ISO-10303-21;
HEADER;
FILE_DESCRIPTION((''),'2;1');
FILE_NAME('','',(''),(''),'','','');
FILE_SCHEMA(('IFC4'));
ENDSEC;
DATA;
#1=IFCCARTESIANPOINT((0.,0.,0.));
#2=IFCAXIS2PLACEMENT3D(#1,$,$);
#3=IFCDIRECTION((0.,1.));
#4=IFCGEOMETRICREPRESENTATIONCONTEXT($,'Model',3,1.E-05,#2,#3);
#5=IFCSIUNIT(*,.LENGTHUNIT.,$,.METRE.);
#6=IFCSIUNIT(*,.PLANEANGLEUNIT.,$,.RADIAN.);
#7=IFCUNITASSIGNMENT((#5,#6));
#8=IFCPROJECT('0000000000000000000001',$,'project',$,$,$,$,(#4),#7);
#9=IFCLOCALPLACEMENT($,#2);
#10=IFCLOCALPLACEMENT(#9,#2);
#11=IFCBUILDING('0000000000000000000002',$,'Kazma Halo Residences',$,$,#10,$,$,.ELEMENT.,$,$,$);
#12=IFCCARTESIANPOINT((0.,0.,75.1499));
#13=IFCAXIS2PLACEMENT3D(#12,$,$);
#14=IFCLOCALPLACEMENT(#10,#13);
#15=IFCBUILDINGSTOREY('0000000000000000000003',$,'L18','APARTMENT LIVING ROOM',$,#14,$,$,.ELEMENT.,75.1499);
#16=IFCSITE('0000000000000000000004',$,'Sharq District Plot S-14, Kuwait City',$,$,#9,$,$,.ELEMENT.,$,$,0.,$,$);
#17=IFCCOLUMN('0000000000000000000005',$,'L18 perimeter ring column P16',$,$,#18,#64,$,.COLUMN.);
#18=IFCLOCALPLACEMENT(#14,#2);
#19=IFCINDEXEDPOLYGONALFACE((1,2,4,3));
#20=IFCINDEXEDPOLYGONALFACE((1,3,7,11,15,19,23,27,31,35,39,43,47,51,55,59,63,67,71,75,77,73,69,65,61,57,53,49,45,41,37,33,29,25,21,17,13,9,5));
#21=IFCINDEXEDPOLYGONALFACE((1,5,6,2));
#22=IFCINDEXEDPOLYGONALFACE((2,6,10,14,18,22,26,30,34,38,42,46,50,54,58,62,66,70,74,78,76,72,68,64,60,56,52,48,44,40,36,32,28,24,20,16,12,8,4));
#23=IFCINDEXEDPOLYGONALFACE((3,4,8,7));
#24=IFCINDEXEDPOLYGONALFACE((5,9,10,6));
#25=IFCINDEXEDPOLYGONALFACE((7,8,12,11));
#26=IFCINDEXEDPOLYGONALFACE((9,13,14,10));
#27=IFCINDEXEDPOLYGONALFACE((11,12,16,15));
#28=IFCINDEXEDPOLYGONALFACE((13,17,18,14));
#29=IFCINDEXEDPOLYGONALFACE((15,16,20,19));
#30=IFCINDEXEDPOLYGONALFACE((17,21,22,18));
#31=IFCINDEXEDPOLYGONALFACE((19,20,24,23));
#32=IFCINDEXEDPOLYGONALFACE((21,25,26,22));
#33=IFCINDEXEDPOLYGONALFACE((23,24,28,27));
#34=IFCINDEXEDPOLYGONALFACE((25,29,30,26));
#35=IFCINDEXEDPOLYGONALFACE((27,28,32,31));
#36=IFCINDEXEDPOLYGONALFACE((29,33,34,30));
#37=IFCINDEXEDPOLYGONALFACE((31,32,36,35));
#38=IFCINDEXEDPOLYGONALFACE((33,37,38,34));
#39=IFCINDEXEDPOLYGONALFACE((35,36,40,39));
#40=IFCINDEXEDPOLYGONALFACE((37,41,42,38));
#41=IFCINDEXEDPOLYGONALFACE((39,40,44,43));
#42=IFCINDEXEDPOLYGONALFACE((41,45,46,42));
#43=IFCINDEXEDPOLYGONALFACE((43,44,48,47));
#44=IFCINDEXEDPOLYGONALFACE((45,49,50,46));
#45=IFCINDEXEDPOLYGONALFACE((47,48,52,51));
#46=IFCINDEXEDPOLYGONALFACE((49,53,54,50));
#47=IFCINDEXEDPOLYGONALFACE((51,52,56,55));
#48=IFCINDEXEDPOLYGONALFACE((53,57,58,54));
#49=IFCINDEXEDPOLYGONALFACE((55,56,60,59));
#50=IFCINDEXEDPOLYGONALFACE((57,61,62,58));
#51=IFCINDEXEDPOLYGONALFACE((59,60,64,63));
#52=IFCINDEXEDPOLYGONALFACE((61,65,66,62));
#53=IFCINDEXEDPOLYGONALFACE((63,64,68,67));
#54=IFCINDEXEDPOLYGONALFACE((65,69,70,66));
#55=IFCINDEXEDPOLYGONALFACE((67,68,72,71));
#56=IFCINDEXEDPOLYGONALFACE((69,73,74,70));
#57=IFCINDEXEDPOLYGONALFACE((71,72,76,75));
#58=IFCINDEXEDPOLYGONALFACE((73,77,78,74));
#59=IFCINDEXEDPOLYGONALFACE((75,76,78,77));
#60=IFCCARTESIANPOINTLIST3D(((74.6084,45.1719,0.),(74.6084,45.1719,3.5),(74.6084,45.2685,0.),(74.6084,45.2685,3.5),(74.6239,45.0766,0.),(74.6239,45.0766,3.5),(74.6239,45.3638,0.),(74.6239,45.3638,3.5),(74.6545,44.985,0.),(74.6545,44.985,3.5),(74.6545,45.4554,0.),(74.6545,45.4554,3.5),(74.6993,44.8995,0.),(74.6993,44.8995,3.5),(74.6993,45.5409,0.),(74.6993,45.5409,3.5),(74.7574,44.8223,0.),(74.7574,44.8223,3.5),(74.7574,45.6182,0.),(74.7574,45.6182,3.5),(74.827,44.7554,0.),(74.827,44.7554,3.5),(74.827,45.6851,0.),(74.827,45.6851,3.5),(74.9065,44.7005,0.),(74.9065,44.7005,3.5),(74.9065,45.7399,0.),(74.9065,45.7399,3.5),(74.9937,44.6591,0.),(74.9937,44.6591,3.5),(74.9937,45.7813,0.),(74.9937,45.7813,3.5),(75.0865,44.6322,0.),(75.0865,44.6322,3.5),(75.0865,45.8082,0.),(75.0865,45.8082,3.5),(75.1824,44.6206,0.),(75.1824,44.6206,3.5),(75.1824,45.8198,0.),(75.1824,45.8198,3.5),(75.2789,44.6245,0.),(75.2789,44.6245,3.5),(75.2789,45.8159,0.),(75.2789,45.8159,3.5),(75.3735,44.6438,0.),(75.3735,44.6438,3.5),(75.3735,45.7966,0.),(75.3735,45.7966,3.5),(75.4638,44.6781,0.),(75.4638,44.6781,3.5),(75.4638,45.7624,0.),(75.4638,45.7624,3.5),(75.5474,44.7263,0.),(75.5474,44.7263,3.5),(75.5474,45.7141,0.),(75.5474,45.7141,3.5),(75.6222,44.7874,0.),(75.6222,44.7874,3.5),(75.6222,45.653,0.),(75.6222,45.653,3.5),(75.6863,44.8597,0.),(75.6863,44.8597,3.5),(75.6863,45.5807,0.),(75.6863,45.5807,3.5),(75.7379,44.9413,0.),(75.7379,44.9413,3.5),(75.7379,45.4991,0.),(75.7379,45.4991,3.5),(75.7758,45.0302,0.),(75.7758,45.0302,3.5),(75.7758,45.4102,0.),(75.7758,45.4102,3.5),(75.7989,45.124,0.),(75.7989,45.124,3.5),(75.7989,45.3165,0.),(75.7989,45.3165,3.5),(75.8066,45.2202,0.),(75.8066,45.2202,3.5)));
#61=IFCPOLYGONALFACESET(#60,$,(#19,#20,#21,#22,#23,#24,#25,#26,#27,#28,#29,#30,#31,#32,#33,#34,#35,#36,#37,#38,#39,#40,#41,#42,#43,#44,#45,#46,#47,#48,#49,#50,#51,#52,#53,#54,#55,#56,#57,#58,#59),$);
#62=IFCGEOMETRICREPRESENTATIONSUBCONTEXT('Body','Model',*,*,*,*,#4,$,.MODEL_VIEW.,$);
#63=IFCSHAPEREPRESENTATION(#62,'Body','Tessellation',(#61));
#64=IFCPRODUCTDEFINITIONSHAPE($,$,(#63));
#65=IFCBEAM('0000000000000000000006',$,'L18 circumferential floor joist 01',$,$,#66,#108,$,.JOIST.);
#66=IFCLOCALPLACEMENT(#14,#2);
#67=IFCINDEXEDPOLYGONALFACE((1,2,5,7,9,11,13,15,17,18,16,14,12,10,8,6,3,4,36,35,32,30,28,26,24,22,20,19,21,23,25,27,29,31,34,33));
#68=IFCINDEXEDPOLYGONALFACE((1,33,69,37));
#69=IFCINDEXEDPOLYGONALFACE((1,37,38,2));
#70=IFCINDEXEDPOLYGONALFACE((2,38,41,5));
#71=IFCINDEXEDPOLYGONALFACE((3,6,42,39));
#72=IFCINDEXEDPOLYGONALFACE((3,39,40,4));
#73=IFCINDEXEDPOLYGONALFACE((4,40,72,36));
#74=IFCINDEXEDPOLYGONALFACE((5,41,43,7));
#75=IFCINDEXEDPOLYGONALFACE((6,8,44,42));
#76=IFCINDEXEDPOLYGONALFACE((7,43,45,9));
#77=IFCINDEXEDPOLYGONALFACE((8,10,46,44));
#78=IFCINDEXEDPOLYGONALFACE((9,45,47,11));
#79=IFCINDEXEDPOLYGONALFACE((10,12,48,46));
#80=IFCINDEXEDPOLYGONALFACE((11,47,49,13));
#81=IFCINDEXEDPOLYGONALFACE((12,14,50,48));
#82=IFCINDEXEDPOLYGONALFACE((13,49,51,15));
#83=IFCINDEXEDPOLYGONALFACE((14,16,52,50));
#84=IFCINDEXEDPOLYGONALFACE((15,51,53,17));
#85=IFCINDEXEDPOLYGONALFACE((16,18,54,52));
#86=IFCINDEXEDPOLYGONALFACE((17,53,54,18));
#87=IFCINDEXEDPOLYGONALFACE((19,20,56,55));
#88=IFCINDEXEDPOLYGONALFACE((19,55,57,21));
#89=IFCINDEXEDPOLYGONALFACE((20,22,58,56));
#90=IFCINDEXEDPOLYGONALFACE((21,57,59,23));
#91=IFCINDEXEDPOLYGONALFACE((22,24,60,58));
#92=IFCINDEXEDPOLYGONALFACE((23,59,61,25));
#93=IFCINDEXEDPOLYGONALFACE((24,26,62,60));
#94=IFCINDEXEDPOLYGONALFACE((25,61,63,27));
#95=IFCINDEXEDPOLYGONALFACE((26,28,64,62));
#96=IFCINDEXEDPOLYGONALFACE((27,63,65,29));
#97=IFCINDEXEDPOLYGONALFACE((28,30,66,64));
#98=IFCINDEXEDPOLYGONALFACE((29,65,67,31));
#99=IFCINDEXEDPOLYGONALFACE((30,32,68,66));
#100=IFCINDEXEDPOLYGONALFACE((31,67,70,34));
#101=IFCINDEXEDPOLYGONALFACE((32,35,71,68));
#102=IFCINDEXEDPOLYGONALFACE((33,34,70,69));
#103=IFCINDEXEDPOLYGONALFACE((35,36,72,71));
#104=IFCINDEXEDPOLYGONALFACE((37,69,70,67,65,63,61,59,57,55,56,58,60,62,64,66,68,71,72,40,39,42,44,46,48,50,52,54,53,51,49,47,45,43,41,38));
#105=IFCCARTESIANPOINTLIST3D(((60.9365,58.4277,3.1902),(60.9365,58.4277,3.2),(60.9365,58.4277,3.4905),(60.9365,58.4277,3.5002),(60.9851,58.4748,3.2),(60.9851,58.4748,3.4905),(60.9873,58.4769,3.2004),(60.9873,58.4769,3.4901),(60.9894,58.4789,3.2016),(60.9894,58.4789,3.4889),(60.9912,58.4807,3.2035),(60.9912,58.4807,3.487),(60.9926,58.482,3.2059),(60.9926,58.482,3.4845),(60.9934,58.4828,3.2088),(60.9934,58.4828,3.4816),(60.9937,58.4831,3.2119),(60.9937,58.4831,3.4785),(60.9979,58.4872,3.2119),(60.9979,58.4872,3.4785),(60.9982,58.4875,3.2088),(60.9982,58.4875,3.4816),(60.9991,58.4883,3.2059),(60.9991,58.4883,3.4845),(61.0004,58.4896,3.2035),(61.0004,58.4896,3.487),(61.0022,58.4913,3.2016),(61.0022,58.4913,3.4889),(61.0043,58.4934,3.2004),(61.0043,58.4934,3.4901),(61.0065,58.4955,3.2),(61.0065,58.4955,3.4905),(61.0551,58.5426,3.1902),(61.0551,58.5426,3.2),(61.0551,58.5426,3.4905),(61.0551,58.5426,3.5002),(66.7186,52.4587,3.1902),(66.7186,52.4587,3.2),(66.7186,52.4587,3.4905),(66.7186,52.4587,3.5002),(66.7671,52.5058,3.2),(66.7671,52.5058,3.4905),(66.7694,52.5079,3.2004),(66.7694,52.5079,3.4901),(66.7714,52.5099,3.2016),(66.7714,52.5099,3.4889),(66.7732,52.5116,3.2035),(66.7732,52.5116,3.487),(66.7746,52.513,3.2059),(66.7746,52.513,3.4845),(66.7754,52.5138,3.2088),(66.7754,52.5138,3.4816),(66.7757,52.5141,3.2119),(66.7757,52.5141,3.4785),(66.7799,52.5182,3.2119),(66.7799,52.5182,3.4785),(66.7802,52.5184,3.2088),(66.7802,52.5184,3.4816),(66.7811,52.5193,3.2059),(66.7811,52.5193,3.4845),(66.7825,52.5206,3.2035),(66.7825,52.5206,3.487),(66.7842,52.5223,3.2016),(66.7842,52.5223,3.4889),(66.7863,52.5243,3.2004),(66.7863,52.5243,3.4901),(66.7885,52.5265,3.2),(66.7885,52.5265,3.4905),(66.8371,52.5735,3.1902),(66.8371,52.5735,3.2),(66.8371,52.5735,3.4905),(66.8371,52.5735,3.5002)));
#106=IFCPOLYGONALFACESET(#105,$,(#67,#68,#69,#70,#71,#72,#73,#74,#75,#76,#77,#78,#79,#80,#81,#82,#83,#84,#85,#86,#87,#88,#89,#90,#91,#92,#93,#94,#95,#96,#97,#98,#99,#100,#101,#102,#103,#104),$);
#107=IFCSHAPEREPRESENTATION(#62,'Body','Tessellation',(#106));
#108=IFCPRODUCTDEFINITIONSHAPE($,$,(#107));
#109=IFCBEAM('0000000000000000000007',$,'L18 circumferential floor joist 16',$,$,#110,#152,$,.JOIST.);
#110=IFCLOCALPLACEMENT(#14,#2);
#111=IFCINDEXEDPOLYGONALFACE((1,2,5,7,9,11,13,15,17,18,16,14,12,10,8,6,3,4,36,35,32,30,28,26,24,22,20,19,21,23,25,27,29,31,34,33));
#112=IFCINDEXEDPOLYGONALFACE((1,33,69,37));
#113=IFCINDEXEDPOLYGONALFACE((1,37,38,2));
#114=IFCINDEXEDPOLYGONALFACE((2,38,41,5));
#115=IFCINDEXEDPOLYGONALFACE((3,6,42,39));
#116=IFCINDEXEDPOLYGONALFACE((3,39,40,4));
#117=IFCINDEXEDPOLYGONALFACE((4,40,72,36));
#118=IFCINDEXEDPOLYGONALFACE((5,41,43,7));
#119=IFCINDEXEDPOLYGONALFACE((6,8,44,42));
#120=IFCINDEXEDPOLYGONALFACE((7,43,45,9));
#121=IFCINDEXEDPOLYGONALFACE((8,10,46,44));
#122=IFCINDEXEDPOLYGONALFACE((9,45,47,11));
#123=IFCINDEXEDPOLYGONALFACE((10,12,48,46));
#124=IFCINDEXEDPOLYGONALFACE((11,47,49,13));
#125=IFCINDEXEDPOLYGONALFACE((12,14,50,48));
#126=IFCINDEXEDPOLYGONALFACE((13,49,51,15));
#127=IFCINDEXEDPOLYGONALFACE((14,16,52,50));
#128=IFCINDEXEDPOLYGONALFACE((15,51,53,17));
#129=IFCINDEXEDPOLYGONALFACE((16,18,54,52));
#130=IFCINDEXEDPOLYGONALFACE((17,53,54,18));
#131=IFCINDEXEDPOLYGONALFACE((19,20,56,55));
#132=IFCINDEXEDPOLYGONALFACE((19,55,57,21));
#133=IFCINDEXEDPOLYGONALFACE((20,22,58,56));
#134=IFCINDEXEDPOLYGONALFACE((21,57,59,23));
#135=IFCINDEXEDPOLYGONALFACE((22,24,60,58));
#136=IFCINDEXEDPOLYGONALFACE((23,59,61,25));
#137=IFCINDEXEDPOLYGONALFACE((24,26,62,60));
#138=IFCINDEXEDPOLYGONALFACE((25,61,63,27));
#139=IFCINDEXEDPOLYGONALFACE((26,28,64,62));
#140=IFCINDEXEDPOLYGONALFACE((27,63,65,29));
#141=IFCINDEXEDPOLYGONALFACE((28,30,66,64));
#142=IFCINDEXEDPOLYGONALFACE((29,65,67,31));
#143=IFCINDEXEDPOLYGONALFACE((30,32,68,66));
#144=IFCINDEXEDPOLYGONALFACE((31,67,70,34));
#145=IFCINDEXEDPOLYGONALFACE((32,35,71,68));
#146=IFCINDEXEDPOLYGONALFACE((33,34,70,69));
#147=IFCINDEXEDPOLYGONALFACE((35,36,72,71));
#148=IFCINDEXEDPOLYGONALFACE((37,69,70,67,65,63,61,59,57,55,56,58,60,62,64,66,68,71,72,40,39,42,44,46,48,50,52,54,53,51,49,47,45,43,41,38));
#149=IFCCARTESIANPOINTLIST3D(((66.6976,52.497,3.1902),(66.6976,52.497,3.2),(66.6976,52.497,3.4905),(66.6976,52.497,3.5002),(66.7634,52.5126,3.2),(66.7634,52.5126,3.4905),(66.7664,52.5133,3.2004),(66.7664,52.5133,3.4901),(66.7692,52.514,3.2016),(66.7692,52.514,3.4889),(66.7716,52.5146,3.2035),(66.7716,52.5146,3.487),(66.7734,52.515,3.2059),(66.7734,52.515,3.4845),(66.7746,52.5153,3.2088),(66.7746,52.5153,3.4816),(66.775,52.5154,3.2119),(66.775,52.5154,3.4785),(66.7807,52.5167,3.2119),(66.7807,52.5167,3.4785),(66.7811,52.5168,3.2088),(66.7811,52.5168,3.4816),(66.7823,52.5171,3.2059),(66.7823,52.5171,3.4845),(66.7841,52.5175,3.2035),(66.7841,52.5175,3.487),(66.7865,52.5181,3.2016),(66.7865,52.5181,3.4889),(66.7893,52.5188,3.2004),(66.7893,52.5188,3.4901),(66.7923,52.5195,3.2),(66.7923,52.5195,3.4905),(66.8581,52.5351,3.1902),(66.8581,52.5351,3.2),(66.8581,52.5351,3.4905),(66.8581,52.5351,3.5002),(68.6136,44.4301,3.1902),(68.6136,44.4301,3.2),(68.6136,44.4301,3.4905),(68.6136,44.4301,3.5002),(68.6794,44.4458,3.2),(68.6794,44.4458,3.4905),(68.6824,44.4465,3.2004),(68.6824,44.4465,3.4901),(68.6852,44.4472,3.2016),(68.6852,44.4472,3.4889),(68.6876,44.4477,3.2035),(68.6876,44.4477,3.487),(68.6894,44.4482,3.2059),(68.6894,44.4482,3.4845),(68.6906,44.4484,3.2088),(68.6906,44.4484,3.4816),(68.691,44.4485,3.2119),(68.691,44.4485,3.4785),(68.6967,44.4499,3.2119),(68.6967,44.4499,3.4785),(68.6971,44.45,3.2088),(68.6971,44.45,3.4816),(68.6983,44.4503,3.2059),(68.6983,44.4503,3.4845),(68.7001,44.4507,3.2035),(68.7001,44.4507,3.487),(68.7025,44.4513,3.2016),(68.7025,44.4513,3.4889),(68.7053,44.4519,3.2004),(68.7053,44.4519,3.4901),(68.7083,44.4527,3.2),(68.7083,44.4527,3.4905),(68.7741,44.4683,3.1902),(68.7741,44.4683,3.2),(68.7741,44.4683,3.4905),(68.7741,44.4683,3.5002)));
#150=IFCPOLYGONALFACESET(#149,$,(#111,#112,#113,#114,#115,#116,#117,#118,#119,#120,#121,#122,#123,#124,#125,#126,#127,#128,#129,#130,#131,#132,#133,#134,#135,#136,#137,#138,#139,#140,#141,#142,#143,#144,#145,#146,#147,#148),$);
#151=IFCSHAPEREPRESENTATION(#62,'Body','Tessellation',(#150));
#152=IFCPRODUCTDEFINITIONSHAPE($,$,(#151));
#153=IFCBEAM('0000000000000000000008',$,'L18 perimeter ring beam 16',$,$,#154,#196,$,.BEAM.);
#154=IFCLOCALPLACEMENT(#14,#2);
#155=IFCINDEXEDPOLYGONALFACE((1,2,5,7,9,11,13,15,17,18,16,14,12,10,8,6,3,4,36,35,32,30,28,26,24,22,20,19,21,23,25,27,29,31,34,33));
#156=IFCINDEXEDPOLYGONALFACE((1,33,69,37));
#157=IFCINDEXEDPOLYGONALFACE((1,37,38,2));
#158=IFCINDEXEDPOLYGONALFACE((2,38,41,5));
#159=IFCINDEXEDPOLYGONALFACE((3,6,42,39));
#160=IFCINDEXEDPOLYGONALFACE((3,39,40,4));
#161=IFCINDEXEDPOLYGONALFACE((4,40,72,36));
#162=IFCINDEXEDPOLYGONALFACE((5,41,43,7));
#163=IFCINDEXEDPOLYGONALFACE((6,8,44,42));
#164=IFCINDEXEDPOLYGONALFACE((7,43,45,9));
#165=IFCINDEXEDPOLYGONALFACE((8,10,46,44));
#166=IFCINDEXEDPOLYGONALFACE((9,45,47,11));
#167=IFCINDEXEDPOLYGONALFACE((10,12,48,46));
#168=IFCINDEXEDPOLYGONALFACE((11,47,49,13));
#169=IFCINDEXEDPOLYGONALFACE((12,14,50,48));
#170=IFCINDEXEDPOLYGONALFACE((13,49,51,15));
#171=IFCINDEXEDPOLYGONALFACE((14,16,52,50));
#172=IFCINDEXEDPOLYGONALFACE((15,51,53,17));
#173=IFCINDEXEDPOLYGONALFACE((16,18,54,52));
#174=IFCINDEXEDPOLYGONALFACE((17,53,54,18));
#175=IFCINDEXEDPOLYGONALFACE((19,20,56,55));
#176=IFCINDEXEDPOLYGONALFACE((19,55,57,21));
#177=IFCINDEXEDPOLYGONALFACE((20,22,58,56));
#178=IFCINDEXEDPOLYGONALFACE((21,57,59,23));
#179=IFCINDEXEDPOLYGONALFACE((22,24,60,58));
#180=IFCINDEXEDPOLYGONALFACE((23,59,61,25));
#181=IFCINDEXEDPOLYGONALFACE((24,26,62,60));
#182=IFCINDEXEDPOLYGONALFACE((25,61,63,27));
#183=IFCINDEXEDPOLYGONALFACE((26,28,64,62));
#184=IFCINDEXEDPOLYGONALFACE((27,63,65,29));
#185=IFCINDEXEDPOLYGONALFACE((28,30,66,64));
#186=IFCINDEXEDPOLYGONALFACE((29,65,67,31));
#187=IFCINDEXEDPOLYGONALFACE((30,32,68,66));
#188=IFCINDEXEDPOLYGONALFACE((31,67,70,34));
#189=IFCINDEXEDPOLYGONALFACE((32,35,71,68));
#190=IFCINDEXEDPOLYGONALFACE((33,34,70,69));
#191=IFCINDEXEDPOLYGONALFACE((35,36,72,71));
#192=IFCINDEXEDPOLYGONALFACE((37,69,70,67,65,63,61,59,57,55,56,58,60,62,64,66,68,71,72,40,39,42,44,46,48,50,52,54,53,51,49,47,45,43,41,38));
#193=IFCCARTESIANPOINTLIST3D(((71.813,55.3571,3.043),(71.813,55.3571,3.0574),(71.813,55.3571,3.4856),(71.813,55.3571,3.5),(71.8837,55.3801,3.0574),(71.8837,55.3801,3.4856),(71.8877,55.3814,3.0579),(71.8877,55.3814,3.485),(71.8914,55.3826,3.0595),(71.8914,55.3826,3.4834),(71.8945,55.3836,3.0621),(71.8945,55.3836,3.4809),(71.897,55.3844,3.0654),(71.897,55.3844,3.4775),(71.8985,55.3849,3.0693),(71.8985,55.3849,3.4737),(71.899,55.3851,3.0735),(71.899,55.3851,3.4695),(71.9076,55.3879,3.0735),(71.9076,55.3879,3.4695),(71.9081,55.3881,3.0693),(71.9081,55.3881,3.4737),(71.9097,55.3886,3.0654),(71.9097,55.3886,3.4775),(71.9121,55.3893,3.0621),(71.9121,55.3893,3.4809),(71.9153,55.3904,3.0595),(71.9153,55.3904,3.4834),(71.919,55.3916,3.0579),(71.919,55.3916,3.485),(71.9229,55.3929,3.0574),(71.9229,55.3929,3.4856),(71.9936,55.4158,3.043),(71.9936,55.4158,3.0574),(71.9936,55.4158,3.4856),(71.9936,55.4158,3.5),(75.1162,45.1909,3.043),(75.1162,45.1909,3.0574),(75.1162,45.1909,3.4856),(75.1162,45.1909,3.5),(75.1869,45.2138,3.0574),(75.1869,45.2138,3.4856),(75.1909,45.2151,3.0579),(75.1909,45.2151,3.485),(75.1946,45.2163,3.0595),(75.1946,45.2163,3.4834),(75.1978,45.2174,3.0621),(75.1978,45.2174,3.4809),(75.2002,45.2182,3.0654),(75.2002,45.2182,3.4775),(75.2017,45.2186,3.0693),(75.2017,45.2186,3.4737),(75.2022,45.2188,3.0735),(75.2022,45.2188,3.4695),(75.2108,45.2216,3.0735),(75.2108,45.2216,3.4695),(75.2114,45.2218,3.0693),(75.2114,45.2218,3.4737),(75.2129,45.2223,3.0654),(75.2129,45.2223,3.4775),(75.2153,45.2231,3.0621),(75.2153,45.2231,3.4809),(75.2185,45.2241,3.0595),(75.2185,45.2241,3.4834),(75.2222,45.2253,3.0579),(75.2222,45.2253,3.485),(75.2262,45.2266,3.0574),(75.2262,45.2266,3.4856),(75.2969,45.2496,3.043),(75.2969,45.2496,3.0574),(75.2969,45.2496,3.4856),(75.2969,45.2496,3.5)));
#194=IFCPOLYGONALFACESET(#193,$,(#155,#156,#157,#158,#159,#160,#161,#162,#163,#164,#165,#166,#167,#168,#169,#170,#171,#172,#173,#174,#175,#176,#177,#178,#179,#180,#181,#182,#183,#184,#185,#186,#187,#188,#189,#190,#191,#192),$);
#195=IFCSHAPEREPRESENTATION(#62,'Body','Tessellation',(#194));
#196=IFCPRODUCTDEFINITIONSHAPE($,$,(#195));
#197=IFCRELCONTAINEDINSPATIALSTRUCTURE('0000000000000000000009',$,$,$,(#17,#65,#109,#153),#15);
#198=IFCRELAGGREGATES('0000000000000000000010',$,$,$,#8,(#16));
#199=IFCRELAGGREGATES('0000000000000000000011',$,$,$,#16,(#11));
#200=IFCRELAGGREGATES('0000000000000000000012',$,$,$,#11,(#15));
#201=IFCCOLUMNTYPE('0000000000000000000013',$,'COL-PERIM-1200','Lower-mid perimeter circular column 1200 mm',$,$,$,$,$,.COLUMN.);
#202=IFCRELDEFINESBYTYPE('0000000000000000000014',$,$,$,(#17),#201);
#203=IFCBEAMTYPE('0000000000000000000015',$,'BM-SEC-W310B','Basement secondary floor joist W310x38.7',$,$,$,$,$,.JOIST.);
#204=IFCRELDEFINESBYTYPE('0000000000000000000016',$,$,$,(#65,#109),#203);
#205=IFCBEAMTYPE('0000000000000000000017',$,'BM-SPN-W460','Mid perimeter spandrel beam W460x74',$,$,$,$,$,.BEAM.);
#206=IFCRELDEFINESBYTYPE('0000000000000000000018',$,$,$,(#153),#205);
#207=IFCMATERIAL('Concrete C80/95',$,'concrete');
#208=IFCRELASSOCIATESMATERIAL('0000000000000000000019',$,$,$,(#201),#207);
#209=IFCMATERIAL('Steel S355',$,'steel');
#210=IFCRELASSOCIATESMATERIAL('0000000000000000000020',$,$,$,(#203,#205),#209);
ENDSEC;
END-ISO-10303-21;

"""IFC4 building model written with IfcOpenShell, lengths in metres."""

from ifc_helpers import new_model, si_unit, direction, frame, origin, origin_2d, place, context, subcontext, project, spatial, circle, i_section, extrude, material, material_profile, profile_set, type_object, element, save


model = new_model("IFC4")

# Units and contexts
model_context = context("Model", 3, precision=1e-05, world=origin(), true_north=direction((0.0, 1.0)))
body_context = subcontext(model_context, "Body", "Model", "MODEL_VIEW")
ifc_project = project(units=[si_unit("LENGTHUNIT", "METRE"), si_unit("PLANEANGLEUNIT", "RADIAN")], contexts=[model_context])

# Site, building, storey
site_placement = place(None, origin())
site = spatial("IfcSite", under=ifc_project, at=site_placement, Name="Sharq District Plot S-14, Kuwait City", CompositionType="ELEMENT", RefElevation=0.0)
building_placement = place(site_placement, origin())
building = spatial("IfcBuilding", under=site, at=building_placement, Name="Kazma Halo Residences", CompositionType="ELEMENT")
storey_placement = place(building_placement, frame((0.0, 0.0, 75.1499)))
storey = spatial("IfcBuildingStorey", under=building, at=storey_placement, Name="L18", Description="APARTMENT LIVING ROOM", CompositionType="ELEMENT", Elevation=75.1499)

# Column
ifc_material_1 = material(Name="Concrete C80/95", Category="concrete")
ifc_material_profile_1 = material_profile(ifc_material_1, circle(Radius=0.6001, at=origin_2d()), Name="CIRC1200")
ifc_profile_set_1 = profile_set([ifc_material_profile_1], Name="Concrete C80/95")
column_type = type_object("IfcColumnType", Name="COL-PERIM-1200", Description="Lower-mid perimeter circular column 1200 mm", PredefinedType="COLUMN", material=ifc_profile_set_1)
column_placement = place(storey_placement, frame((75.2065, 45.2202, 0.0), z_axis=(0.0, 0.0, 1.0), x_axis=(1.0, 0.0, 0.0)))
element("IfcColumn", 1, at=column_placement, inside=storey, type_object=column_type, Name="L18 perimeter ring column P16", PredefinedType="COLUMN", context=body_context, shape_type="SweptSolid", body=[
    extrude(circle(Radius=0.6001, at=origin_2d()), origin(), (0.0, 0.0, 1.0), 3.5),
])

# Beams
ifc_material_2 = material(Name="Steel S355", Category="steel")
ifc_material_profile_2 = material_profile(ifc_material_2, i_section(OverallWidth=0.165, OverallDepth=0.3101, WebThickness=0.0059, FlangeThickness=0.0098, FilletRadius=0.012, at=origin_2d()), Name="W310x38.7")
ifc_profile_set_2 = profile_set([ifc_material_profile_2], Name="Steel S355")
beam_type_1 = type_object("IfcBeamType", Name="BM-SEC-W310B", Description="Basement secondary floor joist W310x38.7", PredefinedType="JOIST", material=ifc_profile_set_2)
beam_1_placement = place(storey_placement, frame((66.7778, 52.5161, 3.3452), z_axis=(-0.695765, 0.718269, 0.0), x_axis=(-0.718269, -0.695765, 0.0)))
element("IfcBeam", 2, at=beam_1_placement, inside=storey, type_object=beam_type_1, Name="L18 circumferential floor joist 01", PredefinedType="JOIST", context=body_context, shape_type="SweptSolid", body=[
    extrude(i_section(OverallWidth=0.165, OverallDepth=0.3101, WebThickness=0.0059, FlangeThickness=0.0098, FilletRadius=0.012, at=origin_2d()), origin(), (0.0, 0.0, 1.0), 8.3103),
])
beam_2_placement = place(storey_placement, frame((68.6938, 44.4492, 3.3452), z_axis=(-0.231087, 0.972933, 0.0), x_axis=(-0.972933, -0.231087, 0.0)))
element("IfcBeam", 3, at=beam_2_placement, inside=storey, type_object=beam_type_1, Name="L18 circumferential floor joist 16", PredefinedType="JOIST", context=body_context, shape_type="SweptSolid", body=[
    extrude(i_section(OverallWidth=0.165, OverallDepth=0.3101, WebThickness=0.0059, FlangeThickness=0.0098, FilletRadius=0.012, at=origin_2d()), origin(), (0.0, 0.0, 1.0), 8.2913),
])
ifc_material_profile_3 = material_profile(ifc_material_2, i_section(OverallWidth=0.1899, OverallDepth=0.457, WebThickness=0.009, FlangeThickness=0.0144, FilletRadius=0.0161, at=origin_2d()), Name="W460x74")
ifc_profile_set_3 = profile_set([ifc_material_profile_3], Name="Steel S355")
beam_type_2 = type_object("IfcBeamType", Name="BM-SPN-W460", Description="Mid perimeter spandrel beam W460x74", PredefinedType="BEAM", material=ifc_profile_set_3)
beam_3_placement = place(storey_placement, frame((75.2065, 45.2202, 3.2715), z_axis=(-0.309017, 0.951056, 0.0), x_axis=(-0.951056, -0.309017, 0.0)))
element("IfcBeam", 4, at=beam_3_placement, inside=storey, type_object=beam_type_2, Name="L18 perimeter ring beam 16", PredefinedType="BEAM", context=body_context, shape_type="SweptSolid", body=[
    extrude(i_section(OverallWidth=0.1899, OverallDepth=0.457, WebThickness=0.009, FlangeThickness=0.0144, FilletRadius=0.0161, at=origin_2d()), origin(), (0.0, 0.0, 1.0), 10.6895),
])

save(model, "model.ifc")
